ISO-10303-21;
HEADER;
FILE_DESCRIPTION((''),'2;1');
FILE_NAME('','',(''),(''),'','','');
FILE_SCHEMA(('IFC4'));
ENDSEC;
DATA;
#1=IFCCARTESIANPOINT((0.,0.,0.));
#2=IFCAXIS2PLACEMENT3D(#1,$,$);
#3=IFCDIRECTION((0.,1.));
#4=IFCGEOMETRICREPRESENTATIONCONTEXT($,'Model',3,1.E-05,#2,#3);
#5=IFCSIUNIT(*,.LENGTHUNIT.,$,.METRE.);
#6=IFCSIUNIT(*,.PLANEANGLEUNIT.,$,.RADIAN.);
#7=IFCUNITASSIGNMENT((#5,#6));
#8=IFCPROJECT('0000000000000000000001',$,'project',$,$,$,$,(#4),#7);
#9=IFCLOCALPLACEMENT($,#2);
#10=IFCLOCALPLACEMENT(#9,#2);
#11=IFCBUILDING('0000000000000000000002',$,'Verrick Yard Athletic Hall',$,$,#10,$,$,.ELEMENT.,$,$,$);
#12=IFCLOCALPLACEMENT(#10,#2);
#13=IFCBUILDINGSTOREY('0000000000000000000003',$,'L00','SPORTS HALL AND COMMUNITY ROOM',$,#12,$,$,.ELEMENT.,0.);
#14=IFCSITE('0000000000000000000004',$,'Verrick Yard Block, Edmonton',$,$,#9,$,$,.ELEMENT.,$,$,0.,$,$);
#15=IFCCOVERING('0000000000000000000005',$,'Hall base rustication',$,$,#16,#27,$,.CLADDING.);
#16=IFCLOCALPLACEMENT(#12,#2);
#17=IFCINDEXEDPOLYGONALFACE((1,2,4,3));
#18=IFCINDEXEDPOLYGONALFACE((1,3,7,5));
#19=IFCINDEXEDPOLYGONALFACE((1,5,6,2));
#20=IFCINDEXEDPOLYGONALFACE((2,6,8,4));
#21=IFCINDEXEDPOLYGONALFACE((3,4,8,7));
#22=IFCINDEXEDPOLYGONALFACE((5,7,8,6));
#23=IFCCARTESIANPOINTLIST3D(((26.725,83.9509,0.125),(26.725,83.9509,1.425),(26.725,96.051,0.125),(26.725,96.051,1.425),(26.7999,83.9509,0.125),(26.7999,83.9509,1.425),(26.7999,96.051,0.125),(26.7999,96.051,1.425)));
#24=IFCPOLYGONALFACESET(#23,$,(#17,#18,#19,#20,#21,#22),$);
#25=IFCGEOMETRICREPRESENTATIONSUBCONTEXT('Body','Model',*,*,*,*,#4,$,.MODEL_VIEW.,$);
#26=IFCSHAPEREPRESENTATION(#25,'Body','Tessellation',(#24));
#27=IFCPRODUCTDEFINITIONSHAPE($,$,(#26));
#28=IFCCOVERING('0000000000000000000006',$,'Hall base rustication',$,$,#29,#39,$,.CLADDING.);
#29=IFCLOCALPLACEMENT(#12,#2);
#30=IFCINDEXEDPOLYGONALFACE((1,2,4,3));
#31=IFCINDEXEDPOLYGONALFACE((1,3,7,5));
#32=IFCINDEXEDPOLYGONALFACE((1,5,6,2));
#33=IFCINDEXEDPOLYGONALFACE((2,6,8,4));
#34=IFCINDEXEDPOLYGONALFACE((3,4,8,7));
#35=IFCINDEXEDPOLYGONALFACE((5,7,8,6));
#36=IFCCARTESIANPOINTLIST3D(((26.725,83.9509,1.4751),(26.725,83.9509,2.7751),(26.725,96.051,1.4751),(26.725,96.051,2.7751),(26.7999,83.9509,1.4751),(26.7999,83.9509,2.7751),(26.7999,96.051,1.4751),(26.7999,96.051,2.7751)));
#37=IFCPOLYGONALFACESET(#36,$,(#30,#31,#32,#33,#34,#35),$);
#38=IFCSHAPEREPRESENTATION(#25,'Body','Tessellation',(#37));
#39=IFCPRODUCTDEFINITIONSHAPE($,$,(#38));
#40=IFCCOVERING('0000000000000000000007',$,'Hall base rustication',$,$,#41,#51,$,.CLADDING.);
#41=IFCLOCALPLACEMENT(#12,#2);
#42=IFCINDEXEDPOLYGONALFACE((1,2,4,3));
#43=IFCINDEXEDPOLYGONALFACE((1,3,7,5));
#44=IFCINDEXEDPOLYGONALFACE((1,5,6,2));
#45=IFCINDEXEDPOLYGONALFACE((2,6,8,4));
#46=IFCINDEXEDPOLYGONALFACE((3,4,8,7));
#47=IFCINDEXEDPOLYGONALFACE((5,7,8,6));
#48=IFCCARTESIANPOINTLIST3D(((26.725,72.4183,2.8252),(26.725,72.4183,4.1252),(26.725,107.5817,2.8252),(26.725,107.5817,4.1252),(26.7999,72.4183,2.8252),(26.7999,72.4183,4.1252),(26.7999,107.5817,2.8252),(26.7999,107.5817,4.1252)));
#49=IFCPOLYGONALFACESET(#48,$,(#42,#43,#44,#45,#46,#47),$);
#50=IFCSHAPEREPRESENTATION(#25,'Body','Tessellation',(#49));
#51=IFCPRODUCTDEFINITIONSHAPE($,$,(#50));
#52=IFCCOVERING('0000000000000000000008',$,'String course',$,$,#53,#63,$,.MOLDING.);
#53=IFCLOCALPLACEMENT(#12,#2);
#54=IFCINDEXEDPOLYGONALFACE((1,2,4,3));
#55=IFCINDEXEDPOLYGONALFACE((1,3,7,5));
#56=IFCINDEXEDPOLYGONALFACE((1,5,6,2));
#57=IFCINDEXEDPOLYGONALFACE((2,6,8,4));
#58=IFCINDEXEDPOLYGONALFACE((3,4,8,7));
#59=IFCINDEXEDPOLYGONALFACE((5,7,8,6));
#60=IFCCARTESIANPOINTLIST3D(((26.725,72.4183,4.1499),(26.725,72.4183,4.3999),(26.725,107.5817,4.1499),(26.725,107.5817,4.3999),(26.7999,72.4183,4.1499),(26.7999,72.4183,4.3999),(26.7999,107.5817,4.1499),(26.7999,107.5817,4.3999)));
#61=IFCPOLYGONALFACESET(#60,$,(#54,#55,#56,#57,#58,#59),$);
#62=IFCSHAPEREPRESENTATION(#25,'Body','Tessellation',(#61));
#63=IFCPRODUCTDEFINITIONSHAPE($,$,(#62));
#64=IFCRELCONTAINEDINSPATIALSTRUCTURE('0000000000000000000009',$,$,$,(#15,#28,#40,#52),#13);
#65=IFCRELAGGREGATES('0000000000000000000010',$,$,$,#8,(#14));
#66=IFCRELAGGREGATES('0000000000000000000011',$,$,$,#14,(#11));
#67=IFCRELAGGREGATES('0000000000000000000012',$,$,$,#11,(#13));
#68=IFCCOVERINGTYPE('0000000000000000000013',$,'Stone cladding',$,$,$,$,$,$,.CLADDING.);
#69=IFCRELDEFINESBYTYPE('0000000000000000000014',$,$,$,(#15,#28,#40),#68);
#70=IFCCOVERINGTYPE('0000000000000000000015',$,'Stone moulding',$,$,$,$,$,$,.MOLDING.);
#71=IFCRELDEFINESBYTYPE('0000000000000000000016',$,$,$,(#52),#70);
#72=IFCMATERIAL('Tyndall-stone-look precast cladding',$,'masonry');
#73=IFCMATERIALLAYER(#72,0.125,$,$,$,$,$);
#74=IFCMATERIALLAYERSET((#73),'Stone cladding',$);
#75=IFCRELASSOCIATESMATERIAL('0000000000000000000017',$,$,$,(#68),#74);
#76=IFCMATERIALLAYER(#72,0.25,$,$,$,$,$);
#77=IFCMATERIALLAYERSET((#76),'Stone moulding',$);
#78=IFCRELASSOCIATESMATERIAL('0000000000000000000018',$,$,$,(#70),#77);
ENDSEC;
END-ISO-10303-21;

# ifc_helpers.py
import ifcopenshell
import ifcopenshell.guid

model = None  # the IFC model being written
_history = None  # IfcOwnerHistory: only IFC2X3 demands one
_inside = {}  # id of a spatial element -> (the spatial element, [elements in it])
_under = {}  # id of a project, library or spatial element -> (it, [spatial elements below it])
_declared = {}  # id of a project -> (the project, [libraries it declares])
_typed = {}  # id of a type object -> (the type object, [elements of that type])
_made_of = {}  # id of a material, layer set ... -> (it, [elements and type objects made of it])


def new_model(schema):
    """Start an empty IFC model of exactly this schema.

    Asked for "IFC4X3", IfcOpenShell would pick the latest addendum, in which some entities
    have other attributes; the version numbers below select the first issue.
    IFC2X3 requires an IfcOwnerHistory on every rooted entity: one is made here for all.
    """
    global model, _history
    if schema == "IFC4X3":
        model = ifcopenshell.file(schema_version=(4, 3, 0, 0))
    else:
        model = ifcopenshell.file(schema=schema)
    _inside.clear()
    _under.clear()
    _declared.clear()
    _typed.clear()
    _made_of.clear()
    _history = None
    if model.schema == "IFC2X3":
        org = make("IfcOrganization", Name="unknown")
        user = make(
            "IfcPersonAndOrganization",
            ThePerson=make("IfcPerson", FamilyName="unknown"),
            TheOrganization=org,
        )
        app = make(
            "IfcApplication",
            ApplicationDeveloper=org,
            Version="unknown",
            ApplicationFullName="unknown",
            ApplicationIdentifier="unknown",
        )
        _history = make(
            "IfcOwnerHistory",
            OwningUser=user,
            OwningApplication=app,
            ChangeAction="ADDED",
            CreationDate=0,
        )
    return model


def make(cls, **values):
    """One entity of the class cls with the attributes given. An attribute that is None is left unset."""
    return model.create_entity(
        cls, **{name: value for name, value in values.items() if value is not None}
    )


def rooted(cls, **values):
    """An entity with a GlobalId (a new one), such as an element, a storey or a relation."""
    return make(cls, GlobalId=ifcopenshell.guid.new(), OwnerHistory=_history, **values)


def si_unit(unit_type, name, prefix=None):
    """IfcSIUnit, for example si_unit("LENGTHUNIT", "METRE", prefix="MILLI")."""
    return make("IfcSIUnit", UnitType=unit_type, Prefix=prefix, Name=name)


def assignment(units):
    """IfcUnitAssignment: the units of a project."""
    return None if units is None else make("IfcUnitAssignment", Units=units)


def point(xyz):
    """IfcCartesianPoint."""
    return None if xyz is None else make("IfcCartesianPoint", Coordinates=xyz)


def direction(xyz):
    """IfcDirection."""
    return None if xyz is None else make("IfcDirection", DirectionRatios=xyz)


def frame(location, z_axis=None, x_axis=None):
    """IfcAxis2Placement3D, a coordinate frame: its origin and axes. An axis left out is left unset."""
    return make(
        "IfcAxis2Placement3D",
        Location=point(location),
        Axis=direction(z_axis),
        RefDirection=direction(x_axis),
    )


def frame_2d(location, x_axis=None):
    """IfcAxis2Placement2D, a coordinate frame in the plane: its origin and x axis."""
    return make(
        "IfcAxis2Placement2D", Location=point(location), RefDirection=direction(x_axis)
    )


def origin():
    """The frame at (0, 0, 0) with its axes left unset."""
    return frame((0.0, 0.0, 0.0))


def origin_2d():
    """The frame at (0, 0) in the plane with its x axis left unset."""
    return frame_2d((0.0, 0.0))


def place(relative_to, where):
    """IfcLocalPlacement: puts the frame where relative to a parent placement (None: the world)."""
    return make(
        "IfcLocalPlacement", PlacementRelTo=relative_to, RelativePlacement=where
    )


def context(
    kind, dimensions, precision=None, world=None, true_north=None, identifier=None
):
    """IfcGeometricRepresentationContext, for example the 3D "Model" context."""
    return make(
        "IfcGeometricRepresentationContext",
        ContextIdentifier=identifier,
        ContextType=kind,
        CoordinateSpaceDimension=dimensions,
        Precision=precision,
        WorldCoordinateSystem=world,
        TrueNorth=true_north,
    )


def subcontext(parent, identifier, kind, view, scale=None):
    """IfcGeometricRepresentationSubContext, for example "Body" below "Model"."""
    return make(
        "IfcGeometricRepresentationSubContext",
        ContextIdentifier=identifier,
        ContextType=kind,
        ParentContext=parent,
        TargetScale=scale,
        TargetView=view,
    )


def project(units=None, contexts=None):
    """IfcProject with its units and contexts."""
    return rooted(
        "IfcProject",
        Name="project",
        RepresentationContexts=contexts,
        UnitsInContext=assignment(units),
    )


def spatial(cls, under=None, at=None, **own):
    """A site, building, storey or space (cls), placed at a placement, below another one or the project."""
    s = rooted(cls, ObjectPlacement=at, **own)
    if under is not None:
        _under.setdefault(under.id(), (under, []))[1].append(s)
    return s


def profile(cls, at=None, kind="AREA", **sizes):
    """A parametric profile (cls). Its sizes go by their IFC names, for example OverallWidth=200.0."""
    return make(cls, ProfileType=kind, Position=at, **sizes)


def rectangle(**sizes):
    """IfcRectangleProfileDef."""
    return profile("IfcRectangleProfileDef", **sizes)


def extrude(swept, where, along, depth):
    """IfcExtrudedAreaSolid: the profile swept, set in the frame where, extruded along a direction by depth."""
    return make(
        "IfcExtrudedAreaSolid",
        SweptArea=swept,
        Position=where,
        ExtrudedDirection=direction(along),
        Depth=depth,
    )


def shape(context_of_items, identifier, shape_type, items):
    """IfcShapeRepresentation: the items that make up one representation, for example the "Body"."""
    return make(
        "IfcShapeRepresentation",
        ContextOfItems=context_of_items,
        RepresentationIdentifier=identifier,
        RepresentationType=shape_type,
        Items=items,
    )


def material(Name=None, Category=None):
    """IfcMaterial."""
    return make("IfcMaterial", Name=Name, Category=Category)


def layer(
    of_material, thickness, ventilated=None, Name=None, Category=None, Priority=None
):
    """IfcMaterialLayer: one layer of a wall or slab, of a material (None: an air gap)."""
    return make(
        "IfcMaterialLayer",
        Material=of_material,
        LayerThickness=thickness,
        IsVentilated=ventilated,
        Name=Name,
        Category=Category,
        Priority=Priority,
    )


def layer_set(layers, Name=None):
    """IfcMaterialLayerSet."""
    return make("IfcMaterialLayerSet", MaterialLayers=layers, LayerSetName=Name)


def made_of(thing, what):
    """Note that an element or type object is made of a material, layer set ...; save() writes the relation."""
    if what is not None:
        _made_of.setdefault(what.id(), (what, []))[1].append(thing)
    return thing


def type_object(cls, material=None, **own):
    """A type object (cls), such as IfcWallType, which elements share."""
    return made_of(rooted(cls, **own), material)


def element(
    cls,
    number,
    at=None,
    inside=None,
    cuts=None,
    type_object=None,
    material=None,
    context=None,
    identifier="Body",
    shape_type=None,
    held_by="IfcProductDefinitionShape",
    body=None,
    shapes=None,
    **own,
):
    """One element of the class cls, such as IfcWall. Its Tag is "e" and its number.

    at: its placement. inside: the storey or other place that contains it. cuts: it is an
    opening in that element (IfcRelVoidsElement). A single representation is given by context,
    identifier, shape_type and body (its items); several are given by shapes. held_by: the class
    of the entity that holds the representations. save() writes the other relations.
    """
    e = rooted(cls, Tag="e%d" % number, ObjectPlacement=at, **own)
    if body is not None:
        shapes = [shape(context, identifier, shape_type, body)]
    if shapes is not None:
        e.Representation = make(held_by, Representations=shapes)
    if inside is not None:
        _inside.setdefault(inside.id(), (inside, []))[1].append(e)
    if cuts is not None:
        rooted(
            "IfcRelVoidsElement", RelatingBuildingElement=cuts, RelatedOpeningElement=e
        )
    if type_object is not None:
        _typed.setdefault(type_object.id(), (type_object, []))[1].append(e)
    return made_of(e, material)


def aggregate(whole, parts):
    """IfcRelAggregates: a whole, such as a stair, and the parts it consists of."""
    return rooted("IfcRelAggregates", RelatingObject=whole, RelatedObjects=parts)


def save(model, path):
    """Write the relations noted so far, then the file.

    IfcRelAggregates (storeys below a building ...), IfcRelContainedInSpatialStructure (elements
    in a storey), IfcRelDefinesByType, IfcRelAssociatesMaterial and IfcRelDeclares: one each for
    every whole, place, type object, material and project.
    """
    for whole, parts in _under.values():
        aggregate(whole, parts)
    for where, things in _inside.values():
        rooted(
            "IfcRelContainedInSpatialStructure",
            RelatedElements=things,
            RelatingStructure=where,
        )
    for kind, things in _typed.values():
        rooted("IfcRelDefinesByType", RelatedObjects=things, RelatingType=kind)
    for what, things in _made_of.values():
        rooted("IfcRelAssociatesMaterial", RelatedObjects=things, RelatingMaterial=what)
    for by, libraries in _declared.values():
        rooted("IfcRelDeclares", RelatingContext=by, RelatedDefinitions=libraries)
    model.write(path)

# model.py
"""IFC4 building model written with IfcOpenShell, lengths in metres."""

from ifc_helpers import new_model, si_unit, direction, frame, origin, origin_2d, place, context, subcontext, project, spatial, rectangle, extrude, material, layer, layer_set, type_object, element, save


model = new_model("IFC4")

# Units and contexts
model_context = context("Model", 3, precision=1e-05, world=origin(), true_north=direction((0.0, 1.0)))
body_context = subcontext(model_context, "Body", "Model", "MODEL_VIEW")
ifc_project = project(units=[si_unit("LENGTHUNIT", "METRE"), si_unit("PLANEANGLEUNIT", "RADIAN")], contexts=[model_context])

# Site, building, storey
site_placement = place(None, origin())
site = spatial("IfcSite", under=ifc_project, at=site_placement, Name="Verrick Yard Block, Edmonton", CompositionType="ELEMENT", RefElevation=0.0)
building_placement = place(site_placement, origin())
building = spatial("IfcBuilding", under=site, at=building_placement, Name="Verrick Yard Athletic Hall", CompositionType="ELEMENT")
storey_placement = place(building_placement, origin())
storey = spatial("IfcBuildingStorey", under=building, at=storey_placement, Name="L00", Description="SPORTS HALL AND COMMUNITY ROOM", CompositionType="ELEMENT", Elevation=0.0)

# Coverings
ifc_material_1 = material(Name="Tyndall-stone-look precast cladding", Category="masonry")
ifc_layer_1 = layer(ifc_material_1, 0.125)
ifc_layer_set_1 = layer_set([ifc_layer_1], Name="Stone cladding")
covering_type_1 = type_object("IfcCoveringType", Name="Stone cladding", PredefinedType="CLADDING", material=ifc_layer_set_1)
for number, where, z_axis, x_axis, name in (
    (1, (26.7625, 90.001, 0.125), (0.0, 0.0, 1.0), (0.0, 1.0, 0.0), "Hall base rustication"),
    (2, (26.7625, 90.001, 1.4751), (0.0, 0.0, 1.0), (0.0, 1.0, 0.0), "Hall base rustication"),
):
    element("IfcCovering", number, at=place(storey_placement, frame(where, z_axis=z_axis, x_axis=x_axis)), inside=storey, type_object=covering_type_1, Name=name, PredefinedType="CLADDING", context=body_context, shape_type="SweptSolid", body=[
        extrude(rectangle(XDim=12.1001, YDim=0.075, at=origin_2d()), origin(), (0.0, 0.0, 1.0), 1.3),
    ])
covering_1_placement = place(storey_placement, frame((26.7625, 90.0, 2.8252), z_axis=(0.0, 0.0, 1.0), x_axis=(0.0, 1.0, 0.0)))
element("IfcCovering", 3, at=covering_1_placement, inside=storey, type_object=covering_type_1, Name="Hall base rustication", PredefinedType="CLADDING", context=body_context, shape_type="SweptSolid", body=[
    extrude(rectangle(XDim=35.1633, YDim=0.075, at=origin_2d()), origin(), (0.0, 0.0, 1.0), 1.3),
])
ifc_layer_2 = layer(ifc_material_1, 0.25)
ifc_layer_set_2 = layer_set([ifc_layer_2], Name="Stone moulding")
covering_type_2 = type_object("IfcCoveringType", Name="Stone moulding", PredefinedType="MOLDING", material=ifc_layer_set_2)
covering_2_placement = place(storey_placement, frame((26.7625, 90.0, 4.1499), z_axis=(0.0, 0.0, 1.0), x_axis=(0.0, 1.0, 0.0)))
element("IfcCovering", 4, at=covering_2_placement, inside=storey, type_object=covering_type_2, Name="String course", PredefinedType="MOLDING", context=body_context, shape_type="SweptSolid", body=[
    extrude(rectangle(XDim=35.1633, YDim=0.075, at=origin_2d()), origin(), (0.0, 0.0, 1.0), 0.25),
])

save(model, "model.ifc")
